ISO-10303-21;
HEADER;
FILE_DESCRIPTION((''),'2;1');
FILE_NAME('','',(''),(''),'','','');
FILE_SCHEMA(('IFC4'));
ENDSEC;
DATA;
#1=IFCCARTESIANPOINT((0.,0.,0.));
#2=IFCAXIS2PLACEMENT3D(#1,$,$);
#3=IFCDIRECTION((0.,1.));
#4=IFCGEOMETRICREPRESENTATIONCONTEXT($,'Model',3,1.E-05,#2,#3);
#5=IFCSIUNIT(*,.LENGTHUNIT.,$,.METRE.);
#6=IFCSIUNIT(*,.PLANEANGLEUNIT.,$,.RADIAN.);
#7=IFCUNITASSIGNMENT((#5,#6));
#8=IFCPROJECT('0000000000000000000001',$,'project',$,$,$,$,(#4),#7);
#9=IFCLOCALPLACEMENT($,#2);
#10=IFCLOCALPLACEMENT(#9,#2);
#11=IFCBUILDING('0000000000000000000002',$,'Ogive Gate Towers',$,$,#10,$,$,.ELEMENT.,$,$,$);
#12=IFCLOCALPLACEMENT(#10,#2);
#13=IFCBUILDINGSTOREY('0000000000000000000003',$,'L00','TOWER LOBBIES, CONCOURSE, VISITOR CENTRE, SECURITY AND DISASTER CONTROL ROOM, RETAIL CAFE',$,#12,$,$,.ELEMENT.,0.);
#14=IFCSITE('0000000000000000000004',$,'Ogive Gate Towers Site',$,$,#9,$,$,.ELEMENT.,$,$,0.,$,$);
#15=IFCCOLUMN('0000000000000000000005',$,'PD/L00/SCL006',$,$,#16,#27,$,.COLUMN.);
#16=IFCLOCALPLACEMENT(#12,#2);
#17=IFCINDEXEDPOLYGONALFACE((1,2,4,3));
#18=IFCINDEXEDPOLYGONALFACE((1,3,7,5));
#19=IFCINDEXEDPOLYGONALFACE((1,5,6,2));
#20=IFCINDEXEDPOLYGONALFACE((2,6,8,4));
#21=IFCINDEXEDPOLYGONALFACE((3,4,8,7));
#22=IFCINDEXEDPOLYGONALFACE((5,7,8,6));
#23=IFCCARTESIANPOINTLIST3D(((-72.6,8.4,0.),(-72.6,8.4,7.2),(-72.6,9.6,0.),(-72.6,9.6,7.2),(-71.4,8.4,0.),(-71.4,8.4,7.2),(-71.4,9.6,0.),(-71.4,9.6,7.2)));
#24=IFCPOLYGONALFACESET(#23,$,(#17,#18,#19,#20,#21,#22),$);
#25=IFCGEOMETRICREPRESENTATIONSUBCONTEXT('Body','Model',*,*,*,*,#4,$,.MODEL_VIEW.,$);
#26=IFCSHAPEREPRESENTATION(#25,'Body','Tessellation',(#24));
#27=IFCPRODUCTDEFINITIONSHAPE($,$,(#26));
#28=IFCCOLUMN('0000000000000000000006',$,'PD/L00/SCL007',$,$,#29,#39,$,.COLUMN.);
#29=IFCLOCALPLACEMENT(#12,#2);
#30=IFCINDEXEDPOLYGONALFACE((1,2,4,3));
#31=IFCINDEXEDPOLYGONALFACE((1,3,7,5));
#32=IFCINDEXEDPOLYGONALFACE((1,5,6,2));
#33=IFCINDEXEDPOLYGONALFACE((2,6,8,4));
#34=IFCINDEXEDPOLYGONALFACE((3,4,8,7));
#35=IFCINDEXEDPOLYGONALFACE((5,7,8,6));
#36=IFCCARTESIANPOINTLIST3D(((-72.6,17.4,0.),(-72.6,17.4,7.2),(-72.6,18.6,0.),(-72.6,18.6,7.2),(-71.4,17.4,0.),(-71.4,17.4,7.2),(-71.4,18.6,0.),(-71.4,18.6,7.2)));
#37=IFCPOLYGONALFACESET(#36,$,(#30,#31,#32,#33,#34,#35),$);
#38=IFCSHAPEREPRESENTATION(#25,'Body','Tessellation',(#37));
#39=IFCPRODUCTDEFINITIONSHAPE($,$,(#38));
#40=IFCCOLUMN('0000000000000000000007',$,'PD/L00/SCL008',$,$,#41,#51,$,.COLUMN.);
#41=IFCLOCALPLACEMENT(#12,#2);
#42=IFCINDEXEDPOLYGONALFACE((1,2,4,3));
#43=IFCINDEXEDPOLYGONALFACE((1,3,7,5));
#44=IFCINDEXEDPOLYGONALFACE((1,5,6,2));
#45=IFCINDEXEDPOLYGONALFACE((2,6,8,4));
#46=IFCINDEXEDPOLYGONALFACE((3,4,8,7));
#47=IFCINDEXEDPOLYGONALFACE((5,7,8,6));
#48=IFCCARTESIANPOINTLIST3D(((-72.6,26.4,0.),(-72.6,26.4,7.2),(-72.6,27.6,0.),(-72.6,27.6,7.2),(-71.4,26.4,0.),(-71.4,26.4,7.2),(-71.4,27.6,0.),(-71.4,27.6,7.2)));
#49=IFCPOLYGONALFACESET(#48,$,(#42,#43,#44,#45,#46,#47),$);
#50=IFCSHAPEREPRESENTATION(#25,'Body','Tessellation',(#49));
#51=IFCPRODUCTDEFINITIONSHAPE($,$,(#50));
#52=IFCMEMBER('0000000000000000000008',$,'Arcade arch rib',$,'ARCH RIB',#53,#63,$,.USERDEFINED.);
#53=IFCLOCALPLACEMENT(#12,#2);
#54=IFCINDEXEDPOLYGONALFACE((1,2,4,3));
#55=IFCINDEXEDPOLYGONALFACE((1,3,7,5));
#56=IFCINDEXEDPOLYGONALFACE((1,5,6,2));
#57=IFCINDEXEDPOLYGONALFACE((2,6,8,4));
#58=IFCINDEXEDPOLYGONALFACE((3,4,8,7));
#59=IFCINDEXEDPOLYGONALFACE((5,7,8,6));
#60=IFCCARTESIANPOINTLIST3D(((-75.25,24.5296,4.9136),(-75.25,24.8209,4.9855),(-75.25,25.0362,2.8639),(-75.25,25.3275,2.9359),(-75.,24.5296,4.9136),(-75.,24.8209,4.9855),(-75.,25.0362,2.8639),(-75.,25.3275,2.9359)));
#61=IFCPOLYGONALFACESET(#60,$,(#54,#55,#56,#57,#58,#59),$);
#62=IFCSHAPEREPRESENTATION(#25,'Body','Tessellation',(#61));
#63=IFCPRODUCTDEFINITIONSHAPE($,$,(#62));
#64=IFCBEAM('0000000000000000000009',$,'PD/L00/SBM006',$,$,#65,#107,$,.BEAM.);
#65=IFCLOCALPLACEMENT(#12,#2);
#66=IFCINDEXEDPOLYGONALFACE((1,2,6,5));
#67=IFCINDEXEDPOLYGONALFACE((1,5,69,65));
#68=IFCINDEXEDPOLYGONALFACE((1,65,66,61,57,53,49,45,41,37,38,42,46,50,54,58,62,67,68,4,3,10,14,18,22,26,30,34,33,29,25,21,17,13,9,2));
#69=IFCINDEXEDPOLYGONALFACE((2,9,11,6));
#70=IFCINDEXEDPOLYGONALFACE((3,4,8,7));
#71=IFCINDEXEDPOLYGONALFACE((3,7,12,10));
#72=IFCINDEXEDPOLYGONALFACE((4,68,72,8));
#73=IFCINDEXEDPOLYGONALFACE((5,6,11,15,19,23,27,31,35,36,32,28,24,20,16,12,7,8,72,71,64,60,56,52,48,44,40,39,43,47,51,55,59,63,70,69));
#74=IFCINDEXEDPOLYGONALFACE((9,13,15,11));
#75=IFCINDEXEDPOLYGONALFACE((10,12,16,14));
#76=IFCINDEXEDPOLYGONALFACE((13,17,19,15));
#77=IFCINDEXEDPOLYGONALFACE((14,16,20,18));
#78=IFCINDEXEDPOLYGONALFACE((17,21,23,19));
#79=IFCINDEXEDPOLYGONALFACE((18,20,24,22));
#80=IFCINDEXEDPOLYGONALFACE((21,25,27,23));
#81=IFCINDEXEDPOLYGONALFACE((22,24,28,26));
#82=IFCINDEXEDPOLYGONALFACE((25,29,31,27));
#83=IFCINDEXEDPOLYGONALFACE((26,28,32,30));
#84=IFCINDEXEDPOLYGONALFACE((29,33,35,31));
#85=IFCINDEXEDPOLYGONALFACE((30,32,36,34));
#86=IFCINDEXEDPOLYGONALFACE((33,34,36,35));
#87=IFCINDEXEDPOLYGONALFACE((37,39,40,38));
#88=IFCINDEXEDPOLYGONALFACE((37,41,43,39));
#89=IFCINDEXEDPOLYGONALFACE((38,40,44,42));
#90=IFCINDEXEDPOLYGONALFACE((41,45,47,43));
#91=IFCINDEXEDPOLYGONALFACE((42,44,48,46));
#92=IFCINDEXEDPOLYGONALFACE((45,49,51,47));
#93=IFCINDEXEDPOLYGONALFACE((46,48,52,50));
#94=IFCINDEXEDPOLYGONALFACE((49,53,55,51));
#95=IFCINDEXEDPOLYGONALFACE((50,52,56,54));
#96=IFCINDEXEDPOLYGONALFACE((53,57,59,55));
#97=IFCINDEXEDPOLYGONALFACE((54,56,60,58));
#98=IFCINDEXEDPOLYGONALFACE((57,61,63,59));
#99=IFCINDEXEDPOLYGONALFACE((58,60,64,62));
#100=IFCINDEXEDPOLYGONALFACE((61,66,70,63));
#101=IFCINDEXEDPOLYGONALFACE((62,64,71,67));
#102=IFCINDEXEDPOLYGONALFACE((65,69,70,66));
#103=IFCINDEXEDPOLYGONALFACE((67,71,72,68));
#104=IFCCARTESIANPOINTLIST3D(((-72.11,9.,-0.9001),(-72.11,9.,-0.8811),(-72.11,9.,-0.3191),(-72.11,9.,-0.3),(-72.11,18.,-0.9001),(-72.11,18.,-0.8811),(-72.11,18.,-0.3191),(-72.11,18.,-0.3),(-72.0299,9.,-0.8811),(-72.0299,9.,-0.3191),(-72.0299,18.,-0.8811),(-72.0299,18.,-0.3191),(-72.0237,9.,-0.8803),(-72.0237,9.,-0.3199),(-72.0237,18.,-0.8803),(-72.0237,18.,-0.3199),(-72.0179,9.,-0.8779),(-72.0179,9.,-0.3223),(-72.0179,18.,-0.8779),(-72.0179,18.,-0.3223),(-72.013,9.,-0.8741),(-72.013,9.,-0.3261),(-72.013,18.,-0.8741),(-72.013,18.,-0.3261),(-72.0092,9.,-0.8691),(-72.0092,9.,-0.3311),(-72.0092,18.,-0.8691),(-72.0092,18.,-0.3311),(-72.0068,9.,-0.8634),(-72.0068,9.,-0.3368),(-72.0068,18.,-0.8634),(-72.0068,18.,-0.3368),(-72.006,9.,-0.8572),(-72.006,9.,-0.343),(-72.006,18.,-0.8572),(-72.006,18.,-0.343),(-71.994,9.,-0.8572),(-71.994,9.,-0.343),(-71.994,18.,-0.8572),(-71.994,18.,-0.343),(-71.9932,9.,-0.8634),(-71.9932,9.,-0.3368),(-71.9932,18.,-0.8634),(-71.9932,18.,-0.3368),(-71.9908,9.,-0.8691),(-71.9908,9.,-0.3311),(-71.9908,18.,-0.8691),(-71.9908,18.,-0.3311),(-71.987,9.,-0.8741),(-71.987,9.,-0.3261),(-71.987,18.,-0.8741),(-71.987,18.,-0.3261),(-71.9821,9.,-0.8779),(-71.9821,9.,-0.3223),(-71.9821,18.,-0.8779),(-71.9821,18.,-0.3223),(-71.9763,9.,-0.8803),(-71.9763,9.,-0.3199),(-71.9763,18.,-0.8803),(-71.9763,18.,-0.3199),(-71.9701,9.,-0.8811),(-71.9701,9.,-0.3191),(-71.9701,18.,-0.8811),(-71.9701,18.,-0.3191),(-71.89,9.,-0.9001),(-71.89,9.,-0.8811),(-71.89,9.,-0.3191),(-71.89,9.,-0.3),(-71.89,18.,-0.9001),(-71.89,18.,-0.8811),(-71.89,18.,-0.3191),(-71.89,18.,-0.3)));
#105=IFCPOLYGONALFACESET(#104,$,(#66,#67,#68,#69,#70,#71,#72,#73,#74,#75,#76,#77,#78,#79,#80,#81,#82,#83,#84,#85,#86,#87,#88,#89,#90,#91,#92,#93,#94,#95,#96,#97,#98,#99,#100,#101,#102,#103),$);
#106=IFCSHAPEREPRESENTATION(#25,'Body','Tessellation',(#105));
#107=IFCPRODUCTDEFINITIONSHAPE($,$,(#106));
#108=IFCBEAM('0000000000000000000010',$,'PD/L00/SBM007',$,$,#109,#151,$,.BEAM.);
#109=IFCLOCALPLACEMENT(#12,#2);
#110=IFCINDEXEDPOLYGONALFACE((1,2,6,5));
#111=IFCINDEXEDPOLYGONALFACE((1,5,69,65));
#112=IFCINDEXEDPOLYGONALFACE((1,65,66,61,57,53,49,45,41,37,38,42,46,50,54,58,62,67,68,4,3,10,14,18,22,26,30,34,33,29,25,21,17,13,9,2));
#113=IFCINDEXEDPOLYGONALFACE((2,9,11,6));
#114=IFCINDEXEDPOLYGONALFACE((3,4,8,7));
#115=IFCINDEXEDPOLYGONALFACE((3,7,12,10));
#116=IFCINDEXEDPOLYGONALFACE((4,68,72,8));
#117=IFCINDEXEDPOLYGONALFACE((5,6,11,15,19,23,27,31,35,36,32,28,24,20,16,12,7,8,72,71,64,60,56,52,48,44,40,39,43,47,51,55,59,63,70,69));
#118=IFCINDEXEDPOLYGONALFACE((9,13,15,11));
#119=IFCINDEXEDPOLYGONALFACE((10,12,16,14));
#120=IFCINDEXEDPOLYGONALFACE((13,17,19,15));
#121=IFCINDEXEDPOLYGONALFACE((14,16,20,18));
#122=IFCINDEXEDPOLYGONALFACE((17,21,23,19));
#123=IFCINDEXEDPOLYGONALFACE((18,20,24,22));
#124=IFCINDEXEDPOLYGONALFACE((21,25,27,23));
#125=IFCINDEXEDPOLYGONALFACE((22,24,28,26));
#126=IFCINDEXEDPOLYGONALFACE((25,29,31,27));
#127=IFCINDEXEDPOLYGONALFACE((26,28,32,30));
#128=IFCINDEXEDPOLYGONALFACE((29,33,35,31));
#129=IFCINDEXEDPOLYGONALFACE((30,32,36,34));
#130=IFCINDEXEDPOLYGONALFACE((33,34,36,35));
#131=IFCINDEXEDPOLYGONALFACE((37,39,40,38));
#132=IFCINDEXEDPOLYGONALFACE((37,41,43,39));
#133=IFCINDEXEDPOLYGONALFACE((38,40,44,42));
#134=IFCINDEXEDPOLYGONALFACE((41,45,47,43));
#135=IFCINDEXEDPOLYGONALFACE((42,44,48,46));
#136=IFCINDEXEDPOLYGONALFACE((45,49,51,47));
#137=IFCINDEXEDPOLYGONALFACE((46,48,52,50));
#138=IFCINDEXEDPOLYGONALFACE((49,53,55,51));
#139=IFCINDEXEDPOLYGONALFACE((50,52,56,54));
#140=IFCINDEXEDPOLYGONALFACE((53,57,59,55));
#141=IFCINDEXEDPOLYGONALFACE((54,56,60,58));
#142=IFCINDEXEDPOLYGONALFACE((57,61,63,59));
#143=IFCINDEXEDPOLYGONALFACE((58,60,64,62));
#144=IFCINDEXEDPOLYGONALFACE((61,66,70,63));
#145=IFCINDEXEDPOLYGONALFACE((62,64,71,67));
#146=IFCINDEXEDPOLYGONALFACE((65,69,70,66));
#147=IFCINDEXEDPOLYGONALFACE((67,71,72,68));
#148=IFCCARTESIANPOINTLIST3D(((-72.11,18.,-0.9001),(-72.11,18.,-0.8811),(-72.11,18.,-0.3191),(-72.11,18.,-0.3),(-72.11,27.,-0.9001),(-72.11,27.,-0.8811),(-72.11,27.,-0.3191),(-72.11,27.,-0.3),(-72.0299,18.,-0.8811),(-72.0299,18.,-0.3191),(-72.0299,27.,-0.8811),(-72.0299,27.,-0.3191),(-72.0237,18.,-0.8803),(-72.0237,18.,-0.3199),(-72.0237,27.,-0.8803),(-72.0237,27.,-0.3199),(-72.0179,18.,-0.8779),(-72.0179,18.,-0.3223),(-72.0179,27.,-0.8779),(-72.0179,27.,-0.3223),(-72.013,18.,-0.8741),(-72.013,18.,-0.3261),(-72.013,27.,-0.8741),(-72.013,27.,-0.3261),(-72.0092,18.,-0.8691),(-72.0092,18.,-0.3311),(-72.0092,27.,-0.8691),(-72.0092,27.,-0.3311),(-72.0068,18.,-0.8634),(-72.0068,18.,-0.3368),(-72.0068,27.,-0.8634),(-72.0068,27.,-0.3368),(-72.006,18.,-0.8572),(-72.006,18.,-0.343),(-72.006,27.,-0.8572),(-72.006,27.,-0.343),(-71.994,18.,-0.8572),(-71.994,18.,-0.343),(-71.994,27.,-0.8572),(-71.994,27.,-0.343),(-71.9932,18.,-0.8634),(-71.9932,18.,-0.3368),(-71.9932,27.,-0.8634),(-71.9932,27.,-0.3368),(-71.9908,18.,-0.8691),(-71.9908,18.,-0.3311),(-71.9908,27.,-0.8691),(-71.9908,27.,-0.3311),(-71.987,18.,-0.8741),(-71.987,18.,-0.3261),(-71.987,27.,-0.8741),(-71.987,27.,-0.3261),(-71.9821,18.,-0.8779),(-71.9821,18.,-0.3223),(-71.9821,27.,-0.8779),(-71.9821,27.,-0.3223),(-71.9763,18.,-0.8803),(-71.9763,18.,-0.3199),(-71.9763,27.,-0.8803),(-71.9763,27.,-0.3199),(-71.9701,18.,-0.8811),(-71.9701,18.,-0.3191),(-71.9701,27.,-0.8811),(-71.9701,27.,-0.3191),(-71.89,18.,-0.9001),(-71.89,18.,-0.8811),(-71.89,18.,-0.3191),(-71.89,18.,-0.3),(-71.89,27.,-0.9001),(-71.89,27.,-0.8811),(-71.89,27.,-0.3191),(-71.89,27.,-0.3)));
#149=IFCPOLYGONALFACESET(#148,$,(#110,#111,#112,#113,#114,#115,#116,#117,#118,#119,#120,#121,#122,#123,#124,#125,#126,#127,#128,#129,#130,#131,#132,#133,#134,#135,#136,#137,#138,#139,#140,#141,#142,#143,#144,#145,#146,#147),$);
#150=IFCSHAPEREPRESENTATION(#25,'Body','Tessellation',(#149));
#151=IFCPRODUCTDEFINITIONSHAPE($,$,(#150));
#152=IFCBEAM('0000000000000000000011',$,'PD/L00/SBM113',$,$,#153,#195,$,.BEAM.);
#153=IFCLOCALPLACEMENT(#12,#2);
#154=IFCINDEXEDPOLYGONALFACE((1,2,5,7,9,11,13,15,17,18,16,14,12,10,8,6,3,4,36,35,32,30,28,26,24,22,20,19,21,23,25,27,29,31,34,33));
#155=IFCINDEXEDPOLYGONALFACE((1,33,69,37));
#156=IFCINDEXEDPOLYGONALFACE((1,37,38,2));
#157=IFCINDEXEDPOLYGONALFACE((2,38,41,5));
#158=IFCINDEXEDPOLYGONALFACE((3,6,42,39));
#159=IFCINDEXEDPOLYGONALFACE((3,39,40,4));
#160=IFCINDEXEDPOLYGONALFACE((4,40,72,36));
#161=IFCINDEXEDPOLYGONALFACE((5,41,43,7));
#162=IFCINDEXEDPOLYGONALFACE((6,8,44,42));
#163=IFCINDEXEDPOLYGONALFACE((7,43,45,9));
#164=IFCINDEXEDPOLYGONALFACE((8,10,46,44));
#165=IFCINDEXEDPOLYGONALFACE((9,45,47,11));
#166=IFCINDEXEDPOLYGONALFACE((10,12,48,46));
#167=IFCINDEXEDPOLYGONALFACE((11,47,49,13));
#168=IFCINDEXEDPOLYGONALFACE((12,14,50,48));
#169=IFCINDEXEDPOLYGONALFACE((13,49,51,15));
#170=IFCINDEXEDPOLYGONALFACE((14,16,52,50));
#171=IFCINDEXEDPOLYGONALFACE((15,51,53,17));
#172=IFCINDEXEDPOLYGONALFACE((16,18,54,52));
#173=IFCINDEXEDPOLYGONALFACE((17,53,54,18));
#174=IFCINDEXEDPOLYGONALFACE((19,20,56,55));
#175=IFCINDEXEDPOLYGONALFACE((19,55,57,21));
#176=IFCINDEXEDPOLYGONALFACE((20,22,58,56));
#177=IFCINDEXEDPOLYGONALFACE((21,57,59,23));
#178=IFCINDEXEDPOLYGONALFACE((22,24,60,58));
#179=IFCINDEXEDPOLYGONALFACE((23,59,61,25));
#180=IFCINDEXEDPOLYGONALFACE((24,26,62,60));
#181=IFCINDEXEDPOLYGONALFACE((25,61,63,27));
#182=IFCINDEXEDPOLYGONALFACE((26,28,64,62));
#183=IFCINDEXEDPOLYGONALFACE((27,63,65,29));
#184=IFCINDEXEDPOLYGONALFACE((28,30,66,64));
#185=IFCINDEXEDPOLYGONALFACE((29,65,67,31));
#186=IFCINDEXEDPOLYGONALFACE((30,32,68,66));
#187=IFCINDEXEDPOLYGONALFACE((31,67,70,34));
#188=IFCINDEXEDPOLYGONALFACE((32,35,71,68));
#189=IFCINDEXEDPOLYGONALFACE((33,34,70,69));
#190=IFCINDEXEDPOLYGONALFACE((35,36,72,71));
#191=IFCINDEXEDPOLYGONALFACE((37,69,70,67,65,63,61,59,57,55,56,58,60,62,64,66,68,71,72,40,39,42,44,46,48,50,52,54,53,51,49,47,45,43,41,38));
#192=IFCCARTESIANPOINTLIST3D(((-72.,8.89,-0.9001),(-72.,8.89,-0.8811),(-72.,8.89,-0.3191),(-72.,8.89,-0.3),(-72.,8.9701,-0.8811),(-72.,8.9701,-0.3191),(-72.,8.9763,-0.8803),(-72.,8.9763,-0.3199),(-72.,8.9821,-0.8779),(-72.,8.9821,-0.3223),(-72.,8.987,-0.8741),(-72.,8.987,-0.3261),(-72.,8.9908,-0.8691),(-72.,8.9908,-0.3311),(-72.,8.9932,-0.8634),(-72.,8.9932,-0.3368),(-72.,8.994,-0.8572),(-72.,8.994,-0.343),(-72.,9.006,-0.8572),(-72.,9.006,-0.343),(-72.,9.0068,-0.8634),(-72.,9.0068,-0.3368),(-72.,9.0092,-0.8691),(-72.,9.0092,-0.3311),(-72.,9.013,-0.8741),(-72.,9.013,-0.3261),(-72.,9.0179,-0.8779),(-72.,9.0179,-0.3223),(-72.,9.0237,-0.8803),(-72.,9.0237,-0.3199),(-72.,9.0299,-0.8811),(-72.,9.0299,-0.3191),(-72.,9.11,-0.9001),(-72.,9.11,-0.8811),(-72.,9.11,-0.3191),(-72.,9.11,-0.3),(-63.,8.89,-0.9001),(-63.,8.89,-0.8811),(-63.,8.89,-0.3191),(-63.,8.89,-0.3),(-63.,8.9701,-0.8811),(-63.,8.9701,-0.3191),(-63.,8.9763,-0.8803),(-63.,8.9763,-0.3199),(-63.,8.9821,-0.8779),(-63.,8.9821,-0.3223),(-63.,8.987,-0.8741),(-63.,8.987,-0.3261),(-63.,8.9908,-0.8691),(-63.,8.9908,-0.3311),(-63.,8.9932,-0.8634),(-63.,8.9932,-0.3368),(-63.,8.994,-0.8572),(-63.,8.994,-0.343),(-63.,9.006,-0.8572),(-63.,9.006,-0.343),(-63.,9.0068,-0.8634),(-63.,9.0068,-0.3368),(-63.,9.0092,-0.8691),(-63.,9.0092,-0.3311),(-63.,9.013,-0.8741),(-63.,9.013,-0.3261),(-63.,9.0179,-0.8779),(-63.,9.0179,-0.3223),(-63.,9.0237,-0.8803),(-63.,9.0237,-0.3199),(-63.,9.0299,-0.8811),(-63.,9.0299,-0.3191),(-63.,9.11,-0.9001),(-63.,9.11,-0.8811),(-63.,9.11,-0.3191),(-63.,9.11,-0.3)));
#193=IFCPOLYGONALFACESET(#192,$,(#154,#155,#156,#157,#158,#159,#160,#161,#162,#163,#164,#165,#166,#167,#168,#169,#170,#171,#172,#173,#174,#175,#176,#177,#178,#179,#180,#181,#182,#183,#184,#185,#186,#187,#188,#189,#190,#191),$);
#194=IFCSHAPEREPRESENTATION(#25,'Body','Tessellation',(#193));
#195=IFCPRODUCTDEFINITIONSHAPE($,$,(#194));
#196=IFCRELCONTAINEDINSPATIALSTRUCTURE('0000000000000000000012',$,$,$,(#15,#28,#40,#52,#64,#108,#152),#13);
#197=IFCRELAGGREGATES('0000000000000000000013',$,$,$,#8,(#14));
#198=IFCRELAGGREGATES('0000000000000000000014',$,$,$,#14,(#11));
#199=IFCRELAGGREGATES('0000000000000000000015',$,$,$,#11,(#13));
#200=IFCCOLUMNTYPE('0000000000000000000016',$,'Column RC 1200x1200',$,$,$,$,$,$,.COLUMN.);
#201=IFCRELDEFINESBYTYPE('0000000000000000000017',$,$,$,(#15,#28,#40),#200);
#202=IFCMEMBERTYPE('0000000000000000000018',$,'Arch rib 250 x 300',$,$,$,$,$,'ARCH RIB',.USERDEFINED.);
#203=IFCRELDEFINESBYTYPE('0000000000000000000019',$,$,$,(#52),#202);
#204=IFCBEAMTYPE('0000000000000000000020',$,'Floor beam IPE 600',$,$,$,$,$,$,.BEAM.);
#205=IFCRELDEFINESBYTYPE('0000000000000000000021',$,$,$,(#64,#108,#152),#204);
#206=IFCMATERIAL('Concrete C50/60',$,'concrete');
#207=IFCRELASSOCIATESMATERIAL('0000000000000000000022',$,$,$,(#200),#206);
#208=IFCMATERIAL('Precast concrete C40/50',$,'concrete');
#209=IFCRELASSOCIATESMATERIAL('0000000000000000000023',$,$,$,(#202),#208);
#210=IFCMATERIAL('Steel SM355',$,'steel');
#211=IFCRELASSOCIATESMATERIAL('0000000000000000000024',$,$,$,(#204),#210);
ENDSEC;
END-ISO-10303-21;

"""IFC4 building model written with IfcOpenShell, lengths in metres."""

from ifc_helpers import new_model, si_unit, direction, frame, origin, origin_2d, place, context, subcontext, project, spatial, rectangle, i_section, extrude, material, material_profile, profile_set, type_object, element, save


model = new_model("IFC4")

# Units and contexts
model_context = context("Model", 3, precision=1e-05, world=origin(), true_north=direction((0.0, 1.0)))
body_context = subcontext(model_context, "Body", "Model", "MODEL_VIEW")
ifc_project = project(units=[si_unit("LENGTHUNIT", "METRE"), si_unit("PLANEANGLEUNIT", "RADIAN")], contexts=[model_context])

# Site, building, storey
site_placement = place(None, origin())
site = spatial("IfcSite", under=ifc_project, at=site_placement, Name="Ogive Gate Towers Site", CompositionType="ELEMENT", RefElevation=0.0)
building_placement = place(site_placement, origin())
building = spatial("IfcBuilding", under=site, at=building_placement, Name="Ogive Gate Towers", CompositionType="ELEMENT")
storey_placement = place(building_placement, origin())
storey = spatial("IfcBuildingStorey", under=building, at=storey_placement, Name="L00", Description="TOWER LOBBIES, CONCOURSE, VISITOR CENTRE, SECURITY AND DISASTER CONTROL ROOM, RETAIL CAFE", CompositionType="ELEMENT", Elevation=0.0)

# Columns
ifc_material_1 = material(Name="Concrete C50/60", Category="concrete")
ifc_material_profile_1 = material_profile(ifc_material_1, rectangle(XDim=1.2, YDim=1.2, at=origin_2d()), Name="RC 1200x1200")
ifc_profile_set_1 = profile_set([ifc_material_profile_1], Name="Concrete C50/60")
column_type = type_object("IfcColumnType", Name="Column RC 1200x1200", PredefinedType="COLUMN", material=ifc_profile_set_1)
for number, where, z_axis, x_axis, name in (
    (1, (-72.0, 9.0, 0.0), (0.0, 0.0, 1.0), (1.0, 0.0, 0.0), "PD/L00/SCL006"),
    (2, (-72.0, 18.0, 0.0), (0.0, 0.0, 1.0), (1.0, 0.0, 0.0), "PD/L00/SCL007"),
    (3, (-72.0, 27.0, 0.0), (0.0, 0.0, 1.0), (1.0, 0.0, 0.0), "PD/L00/SCL008"),
):
    element("IfcColumn", number, at=place(storey_placement, frame(where, z_axis=z_axis, x_axis=x_axis)), inside=storey, type_object=column_type, Name=name, PredefinedType="COLUMN", context=body_context, shape_type="SweptSolid", body=[
        extrude(rectangle(XDim=1.2, YDim=1.2, at=origin_2d()), origin(), (0.0, 0.0, 1.0), 7.2),
    ])

# Member
ifc_material_2 = material(Name="Precast concrete C40/50", Category="concrete")
ifc_material_profile_2 = material_profile(ifc_material_2, rectangle(XDim=0.25, YDim=0.3, at=origin_2d()), Name="250 x 300 cast stone")
ifc_profile_set_2 = profile_set([ifc_material_profile_2], Name="Precast concrete C40/50")
member_type = type_object("IfcMemberType", Name="Arch rib 250 x 300", ElementType="ARCH RIB", PredefinedType="USERDEFINED", material=ifc_profile_set_2)
member_placement = place(storey_placement, frame((-75.125, 25.1819, 2.8999), z_axis=(0.0, -0.23995, 0.970785), x_axis=(1.0, 0.0, 0.0)))
element("IfcMember", 4, at=member_placement, inside=storey, type_object=member_type, Name="Arcade arch rib", ObjectType="ARCH RIB", PredefinedType="USERDEFINED", context=body_context, shape_type="SweptSolid", body=[
    extrude(rectangle(XDim=0.25, YDim=0.3, at=origin_2d()), origin(), (0.0, 0.0, 1.0), 2.1113),
])

# Beams
ifc_material_3 = material(Name="Steel SM355", Category="steel")
ifc_material_profile_3 = material_profile(ifc_material_3, i_section(OverallWidth=0.22, OverallDepth=0.6001, WebThickness=0.012, FlangeThickness=0.019, FilletRadius=0.0239, at=origin_2d()), Name="IPE 600")
ifc_profile_set_3 = profile_set([ifc_material_profile_3], Name="Steel SM355")
beam_type = type_object("IfcBeamType", Name="Floor beam IPE 600", PredefinedType="BEAM", material=ifc_profile_set_3)
for number, where, z_axis, x_axis, name in (
    (5, (-72.0, 9.0, -0.6001), (0.0, 1.0, 0.0), (-1.0, 0.0, 0.0), "PD/L00/SBM006"),
    (6, (-72.0, 18.0, -0.6001), (0.0, 1.0, 0.0), (-1.0, 0.0, 0.0), "PD/L00/SBM007"),
    (7, (-72.0, 9.0, -0.6001), (1.0, 0.0, 0.0), (0.0, 1.0, 0.0), "PD/L00/SBM113"),
):
    element("IfcBeam", number, at=place(storey_placement, frame(where, z_axis=z_axis, x_axis=x_axis)), inside=storey, type_object=beam_type, Name=name, PredefinedType="BEAM", context=body_context, shape_type="SweptSolid", body=[
        extrude(i_section(OverallWidth=0.22, OverallDepth=0.6001, WebThickness=0.012, FlangeThickness=0.019, FilletRadius=0.0239, at=origin_2d()), origin(), (0.0, 0.0, 1.0), 9.0),
    ])

save(model, "model.ifc")
